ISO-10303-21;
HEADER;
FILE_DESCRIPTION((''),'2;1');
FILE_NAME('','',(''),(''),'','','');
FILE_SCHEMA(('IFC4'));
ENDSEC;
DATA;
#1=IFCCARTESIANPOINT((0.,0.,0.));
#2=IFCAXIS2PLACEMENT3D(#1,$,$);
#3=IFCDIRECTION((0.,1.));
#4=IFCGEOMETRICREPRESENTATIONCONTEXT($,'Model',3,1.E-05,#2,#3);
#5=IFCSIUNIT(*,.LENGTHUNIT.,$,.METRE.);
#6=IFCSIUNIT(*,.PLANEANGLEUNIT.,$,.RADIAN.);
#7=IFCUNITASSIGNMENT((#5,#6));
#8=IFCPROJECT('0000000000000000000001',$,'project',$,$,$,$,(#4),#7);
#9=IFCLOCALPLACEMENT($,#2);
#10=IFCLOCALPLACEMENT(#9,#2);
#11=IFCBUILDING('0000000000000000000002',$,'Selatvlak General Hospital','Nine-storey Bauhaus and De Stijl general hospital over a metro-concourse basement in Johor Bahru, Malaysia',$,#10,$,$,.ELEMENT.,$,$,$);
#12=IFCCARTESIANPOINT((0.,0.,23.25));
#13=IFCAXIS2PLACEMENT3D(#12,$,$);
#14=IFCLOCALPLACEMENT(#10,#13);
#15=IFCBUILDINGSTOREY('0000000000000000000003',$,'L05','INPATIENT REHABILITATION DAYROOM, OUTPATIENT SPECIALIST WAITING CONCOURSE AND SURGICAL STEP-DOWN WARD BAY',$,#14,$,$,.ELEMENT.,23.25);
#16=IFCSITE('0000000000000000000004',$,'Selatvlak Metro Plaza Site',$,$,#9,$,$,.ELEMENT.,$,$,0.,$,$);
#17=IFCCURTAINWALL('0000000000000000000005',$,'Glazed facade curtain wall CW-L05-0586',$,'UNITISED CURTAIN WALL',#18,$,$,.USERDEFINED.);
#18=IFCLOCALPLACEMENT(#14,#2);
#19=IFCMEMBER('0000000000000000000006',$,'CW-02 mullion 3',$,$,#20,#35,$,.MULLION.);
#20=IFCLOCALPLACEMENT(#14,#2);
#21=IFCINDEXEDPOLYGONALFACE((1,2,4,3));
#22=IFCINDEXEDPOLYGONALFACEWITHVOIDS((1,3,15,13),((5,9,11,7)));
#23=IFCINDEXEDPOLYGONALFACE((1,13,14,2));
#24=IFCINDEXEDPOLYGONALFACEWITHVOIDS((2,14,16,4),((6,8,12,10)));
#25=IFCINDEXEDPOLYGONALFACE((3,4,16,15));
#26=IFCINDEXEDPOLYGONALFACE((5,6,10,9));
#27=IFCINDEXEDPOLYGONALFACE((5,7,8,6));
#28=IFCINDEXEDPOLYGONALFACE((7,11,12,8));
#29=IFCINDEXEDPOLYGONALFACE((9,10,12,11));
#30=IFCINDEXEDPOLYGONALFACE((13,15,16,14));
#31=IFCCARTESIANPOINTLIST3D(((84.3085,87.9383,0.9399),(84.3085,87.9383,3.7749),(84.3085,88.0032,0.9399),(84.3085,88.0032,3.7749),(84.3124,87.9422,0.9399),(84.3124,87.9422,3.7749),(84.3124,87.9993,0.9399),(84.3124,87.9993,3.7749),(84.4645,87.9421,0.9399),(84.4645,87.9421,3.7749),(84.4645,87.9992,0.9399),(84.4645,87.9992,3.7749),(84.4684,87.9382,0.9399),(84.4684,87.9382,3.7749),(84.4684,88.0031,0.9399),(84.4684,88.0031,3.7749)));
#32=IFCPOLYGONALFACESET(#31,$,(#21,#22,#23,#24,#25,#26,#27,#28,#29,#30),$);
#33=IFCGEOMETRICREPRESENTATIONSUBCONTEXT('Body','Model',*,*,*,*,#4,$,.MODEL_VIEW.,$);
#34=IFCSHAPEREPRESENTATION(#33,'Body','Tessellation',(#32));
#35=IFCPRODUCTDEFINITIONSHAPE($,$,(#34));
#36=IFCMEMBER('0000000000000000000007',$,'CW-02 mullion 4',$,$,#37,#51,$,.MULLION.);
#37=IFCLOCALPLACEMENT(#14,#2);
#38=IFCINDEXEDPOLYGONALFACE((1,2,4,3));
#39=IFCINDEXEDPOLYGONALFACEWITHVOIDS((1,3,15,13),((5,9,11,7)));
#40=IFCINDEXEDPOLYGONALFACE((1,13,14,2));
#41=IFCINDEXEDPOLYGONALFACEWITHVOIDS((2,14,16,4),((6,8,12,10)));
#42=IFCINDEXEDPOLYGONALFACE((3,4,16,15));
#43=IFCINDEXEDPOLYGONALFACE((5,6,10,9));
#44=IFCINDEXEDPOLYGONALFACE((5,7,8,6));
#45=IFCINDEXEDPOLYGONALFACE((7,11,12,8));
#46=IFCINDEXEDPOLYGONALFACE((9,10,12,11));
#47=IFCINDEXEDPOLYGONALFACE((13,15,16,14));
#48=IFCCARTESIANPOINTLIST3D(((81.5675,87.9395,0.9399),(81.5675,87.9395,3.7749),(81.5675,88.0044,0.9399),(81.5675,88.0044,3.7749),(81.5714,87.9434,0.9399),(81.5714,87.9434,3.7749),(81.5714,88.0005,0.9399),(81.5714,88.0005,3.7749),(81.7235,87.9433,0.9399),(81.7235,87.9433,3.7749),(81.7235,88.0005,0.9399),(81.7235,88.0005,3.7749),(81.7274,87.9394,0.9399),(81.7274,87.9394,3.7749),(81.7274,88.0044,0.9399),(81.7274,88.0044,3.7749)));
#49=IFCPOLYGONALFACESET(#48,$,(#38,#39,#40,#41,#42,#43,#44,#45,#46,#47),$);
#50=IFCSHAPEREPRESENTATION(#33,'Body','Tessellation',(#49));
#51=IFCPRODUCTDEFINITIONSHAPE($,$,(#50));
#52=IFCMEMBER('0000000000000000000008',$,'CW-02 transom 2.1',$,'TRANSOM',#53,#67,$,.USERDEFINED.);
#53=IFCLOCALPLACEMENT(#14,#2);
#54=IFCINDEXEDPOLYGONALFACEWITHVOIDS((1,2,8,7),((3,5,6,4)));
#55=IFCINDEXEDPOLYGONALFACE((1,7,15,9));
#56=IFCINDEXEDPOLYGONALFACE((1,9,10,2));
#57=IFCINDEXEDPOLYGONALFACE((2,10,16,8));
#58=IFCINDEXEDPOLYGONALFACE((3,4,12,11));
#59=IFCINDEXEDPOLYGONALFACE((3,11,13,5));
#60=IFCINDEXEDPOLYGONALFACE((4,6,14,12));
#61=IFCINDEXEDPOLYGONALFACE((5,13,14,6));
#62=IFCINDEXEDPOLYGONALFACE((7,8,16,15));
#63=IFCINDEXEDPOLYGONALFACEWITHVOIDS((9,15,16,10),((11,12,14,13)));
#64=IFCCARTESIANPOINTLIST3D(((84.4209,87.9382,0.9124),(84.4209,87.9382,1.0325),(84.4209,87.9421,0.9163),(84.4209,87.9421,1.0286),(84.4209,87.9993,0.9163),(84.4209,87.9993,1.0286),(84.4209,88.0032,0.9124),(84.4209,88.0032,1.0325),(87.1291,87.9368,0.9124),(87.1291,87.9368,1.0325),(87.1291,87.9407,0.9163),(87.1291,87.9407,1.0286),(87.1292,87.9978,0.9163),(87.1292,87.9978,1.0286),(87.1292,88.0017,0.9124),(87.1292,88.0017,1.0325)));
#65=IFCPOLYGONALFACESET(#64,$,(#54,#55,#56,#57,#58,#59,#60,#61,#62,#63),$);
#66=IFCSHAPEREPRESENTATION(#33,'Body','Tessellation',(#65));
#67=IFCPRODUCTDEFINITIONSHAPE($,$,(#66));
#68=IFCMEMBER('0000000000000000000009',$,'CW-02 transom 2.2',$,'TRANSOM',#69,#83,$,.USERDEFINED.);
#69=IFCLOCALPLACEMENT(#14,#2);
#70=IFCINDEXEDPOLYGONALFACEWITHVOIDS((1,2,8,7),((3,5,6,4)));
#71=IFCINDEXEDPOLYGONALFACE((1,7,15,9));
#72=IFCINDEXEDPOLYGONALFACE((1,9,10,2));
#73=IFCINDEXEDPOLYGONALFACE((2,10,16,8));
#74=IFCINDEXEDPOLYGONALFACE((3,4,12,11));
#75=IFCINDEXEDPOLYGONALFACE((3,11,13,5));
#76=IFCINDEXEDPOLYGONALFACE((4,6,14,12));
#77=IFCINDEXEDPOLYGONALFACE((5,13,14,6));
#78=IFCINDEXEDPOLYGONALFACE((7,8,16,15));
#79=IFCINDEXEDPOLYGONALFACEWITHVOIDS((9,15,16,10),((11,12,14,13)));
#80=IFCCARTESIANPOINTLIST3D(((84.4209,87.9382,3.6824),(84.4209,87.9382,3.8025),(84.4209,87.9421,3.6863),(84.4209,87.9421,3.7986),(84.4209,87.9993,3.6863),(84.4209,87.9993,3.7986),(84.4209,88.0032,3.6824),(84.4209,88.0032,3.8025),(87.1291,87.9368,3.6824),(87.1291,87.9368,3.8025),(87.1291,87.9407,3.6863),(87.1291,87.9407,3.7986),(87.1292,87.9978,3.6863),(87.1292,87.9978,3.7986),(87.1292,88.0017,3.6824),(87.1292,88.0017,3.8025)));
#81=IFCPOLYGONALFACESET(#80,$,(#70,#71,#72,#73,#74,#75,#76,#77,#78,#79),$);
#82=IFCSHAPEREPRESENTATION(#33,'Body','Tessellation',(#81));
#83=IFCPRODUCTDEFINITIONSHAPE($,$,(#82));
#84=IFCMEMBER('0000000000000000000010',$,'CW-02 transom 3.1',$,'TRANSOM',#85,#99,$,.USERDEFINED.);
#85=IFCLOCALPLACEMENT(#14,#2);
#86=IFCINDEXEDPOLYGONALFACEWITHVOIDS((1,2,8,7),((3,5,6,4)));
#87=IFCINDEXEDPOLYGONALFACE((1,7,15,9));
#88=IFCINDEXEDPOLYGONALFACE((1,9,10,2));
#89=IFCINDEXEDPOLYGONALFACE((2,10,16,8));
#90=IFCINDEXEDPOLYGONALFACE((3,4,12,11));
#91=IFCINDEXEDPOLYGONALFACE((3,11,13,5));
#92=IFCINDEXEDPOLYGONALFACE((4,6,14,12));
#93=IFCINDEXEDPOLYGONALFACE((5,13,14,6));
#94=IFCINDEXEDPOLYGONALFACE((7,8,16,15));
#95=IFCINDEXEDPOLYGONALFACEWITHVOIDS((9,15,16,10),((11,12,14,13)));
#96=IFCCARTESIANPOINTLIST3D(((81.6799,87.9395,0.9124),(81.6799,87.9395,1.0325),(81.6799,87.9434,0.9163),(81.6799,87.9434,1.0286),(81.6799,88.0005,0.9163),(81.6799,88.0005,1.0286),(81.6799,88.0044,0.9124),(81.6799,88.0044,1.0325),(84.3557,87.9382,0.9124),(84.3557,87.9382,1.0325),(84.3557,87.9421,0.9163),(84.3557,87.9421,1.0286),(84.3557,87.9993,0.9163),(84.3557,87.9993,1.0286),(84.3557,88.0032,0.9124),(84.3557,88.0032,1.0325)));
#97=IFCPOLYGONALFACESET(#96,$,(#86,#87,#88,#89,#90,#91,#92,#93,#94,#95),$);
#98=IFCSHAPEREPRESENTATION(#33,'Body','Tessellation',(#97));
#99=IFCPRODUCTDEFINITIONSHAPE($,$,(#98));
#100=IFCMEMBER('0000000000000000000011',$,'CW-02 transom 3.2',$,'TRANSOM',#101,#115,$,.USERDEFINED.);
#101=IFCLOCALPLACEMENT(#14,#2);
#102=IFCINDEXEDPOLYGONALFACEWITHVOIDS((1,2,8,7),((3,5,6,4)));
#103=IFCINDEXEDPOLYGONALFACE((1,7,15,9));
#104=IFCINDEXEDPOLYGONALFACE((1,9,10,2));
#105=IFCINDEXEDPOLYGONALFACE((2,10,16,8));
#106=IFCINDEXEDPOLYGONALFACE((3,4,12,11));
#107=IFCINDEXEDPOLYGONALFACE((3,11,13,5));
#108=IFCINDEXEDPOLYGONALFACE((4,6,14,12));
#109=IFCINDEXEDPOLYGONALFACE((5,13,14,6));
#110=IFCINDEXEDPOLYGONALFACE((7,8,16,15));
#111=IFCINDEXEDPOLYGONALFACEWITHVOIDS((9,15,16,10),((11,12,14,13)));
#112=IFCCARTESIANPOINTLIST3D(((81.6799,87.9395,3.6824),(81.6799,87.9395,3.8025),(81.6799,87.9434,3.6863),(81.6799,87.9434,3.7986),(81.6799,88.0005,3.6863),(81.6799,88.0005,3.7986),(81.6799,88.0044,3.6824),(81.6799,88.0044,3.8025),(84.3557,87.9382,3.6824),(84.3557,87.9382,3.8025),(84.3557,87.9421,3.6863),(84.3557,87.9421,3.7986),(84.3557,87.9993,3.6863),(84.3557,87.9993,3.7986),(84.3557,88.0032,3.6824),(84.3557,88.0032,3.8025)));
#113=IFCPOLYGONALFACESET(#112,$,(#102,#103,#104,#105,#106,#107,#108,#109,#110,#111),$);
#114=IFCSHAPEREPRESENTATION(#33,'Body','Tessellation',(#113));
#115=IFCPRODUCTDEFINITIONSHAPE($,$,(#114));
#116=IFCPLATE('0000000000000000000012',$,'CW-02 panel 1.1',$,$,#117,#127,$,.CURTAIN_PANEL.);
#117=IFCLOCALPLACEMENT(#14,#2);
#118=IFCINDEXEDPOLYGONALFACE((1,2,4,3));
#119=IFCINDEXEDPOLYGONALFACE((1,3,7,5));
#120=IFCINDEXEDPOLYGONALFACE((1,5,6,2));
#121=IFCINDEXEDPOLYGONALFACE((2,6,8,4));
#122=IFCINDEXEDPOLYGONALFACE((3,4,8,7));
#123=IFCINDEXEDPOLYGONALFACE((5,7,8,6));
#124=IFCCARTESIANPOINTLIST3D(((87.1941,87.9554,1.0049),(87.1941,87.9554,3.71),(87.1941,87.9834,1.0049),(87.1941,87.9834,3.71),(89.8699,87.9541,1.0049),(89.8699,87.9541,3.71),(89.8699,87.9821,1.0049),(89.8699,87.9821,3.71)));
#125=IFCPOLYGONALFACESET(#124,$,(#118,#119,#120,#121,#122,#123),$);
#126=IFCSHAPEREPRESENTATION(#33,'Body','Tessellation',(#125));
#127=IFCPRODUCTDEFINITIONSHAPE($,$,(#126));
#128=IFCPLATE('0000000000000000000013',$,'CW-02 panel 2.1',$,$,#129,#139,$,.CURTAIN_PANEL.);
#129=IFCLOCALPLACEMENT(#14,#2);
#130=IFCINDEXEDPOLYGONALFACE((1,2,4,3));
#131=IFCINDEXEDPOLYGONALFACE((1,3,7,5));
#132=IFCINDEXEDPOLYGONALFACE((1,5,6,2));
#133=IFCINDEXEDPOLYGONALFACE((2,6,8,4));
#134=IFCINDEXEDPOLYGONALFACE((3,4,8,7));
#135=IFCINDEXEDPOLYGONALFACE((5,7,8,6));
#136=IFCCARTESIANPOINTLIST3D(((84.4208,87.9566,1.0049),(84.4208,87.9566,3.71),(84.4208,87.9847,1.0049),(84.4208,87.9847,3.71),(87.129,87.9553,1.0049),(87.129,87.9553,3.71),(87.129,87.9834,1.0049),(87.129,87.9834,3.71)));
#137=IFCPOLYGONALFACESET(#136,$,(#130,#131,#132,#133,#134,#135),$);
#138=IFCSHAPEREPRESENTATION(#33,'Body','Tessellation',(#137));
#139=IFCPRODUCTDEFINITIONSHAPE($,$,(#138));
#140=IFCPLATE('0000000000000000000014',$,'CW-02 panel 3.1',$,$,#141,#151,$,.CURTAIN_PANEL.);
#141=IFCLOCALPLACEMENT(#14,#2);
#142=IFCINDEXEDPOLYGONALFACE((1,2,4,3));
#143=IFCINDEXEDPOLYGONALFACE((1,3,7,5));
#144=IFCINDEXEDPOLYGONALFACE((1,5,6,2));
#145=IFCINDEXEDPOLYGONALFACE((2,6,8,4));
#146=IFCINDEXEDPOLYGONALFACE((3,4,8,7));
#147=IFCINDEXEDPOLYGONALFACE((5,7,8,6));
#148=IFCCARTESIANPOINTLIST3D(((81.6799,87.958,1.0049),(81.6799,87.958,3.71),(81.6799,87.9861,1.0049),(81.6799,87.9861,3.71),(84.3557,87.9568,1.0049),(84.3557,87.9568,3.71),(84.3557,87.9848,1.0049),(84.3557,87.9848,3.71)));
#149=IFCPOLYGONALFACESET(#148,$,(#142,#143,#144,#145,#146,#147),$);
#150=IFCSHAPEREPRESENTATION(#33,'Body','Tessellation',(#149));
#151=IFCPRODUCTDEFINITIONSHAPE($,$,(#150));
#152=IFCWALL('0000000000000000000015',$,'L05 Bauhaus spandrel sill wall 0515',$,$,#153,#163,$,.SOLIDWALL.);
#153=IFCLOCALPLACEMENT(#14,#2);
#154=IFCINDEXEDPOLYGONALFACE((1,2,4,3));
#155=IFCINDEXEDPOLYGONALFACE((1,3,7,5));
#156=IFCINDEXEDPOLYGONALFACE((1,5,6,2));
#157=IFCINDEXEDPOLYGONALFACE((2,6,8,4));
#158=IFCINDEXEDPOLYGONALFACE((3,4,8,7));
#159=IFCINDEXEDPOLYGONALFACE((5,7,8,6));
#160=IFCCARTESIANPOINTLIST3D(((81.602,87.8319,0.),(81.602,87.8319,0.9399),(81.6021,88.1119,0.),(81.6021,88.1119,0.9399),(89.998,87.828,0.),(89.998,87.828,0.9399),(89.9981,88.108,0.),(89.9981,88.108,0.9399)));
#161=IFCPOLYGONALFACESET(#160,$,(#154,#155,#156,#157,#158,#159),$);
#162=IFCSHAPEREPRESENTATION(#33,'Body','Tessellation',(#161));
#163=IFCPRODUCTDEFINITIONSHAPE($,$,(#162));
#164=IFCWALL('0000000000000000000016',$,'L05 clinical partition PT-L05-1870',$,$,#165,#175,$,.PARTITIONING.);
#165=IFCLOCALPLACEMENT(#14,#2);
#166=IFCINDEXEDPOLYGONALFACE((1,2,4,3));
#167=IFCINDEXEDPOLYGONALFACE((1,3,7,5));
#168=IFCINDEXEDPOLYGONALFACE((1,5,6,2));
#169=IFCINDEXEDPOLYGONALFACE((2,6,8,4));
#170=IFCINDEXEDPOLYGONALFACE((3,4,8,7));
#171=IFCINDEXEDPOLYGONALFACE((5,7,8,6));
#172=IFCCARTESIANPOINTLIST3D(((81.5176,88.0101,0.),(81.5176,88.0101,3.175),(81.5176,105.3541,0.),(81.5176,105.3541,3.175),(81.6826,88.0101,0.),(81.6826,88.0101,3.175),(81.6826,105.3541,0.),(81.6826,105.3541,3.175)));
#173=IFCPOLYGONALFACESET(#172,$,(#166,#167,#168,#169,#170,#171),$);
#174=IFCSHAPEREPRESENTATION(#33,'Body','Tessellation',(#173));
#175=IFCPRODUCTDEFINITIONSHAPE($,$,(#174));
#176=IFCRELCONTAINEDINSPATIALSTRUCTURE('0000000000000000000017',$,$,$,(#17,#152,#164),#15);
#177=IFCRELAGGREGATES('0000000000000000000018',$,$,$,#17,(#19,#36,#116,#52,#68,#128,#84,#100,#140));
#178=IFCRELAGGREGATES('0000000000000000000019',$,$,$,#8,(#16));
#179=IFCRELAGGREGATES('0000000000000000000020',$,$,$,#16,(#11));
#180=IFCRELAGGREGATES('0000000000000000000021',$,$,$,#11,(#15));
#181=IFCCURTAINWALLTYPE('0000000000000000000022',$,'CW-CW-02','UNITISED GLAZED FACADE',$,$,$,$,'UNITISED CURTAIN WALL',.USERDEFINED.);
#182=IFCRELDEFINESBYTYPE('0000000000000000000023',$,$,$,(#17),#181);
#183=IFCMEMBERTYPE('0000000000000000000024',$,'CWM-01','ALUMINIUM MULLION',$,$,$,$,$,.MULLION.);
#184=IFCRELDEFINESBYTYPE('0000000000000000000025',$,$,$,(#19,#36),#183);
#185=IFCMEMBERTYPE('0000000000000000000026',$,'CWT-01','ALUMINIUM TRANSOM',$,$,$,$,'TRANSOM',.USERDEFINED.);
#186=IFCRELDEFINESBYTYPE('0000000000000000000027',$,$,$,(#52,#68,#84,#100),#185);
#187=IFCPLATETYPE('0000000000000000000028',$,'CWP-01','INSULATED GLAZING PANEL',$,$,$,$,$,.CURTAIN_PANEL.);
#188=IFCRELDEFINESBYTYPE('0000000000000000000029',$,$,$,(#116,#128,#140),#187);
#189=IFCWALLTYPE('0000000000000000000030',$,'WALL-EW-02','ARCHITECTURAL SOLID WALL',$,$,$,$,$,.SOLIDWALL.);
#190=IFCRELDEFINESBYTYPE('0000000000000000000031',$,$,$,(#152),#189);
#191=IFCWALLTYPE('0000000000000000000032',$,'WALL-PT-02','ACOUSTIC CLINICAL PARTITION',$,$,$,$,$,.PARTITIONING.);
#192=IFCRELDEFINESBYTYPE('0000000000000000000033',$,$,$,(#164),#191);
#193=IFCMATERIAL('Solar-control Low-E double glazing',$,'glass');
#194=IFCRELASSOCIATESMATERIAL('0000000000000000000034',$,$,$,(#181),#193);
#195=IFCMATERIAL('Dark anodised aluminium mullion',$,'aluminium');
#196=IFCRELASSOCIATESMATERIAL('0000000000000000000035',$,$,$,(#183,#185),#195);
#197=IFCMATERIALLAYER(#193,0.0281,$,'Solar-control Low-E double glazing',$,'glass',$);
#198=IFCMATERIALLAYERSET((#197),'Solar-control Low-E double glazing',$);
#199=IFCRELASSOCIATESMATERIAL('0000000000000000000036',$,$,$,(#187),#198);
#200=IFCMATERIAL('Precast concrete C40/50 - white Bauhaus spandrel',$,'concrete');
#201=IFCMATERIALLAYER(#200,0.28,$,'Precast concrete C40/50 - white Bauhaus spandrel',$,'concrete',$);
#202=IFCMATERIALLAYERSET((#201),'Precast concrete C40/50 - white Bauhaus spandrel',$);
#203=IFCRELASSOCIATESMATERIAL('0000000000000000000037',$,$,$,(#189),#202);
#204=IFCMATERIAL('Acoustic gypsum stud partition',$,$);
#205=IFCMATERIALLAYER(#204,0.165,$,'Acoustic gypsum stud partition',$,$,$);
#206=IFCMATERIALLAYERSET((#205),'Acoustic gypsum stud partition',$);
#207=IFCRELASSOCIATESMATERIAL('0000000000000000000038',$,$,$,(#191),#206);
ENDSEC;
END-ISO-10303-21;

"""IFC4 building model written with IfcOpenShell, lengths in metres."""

from ifc_helpers import new_model, si_unit, direction, frame, frame_2d, origin, origin_2d, place, context, subcontext, project, spatial, rectangle, hollow_rectangle, extrude, material, layer, layer_set, material_profile, profile_set, type_object, element, aggregate, save


model = new_model("IFC4")

# Units and contexts
model_context = context("Model", 3, precision=1e-05, world=origin(), true_north=direction((0.0, 1.0)))
body_context = subcontext(model_context, "Body", "Model", "MODEL_VIEW")
ifc_project = project(units=[si_unit("LENGTHUNIT", "METRE"), si_unit("PLANEANGLEUNIT", "RADIAN")], contexts=[model_context])

# Site, building, storey
site_placement = place(None, origin())
site = spatial("IfcSite", under=ifc_project, at=site_placement, Name="Selatvlak Metro Plaza Site", CompositionType="ELEMENT", RefElevation=0.0)
building_placement = place(site_placement, origin())
building = spatial("IfcBuilding", under=site, at=building_placement, Name="Selatvlak General Hospital", Description="Nine-storey Bauhaus and De Stijl general hospital over a metro-concourse basement in Johor Bahru, Malaysia", CompositionType="ELEMENT")
storey_placement = place(building_placement, frame((0.0, 0.0, 23.25)))
storey = spatial("IfcBuildingStorey", under=building, at=storey_placement, Name="L05", Description="INPATIENT REHABILITATION DAYROOM, OUTPATIENT SPECIALIST WAITING CONCOURSE AND SURGICAL STEP-DOWN WARD BAY", CompositionType="ELEMENT", Elevation=23.25)

# Curtain wall, members, plates
ifc_material_1 = material(Name="Solar-control Low-E double glazing", Category="glass")
curtain_wall_type = type_object("IfcCurtainWallType", Name="CW-CW-02", Description="UNITISED GLAZED FACADE", ElementType="UNITISED CURTAIN WALL", PredefinedType="USERDEFINED", material=ifc_material_1)
curtain_wall_placement = place(storey_placement, origin())
curtain_wall = element("IfcCurtainWall", 1, at=curtain_wall_placement, inside=storey, type_object=curtain_wall_type, Name="Glazed facade curtain wall CW-L05-0586", ObjectType="UNITISED CURTAIN WALL", PredefinedType="USERDEFINED")
ifc_material_2 = material(Name="Dark anodised aluminium mullion", Category="aluminium")
ifc_material_profile_1 = material_profile(ifc_material_2, hollow_rectangle(XDim=0.0649, YDim=0.1599, WallThickness=0.0039, at=origin_2d()), Name="AL-MUL 65x160x4")
ifc_profile_set_1 = profile_set([ifc_material_profile_1], Name="Dark anodised aluminium mullion")
member_type_1 = type_object("IfcMemberType", Name="CWM-01", Description="ALUMINIUM MULLION", PredefinedType="MULLION", material=ifc_profile_set_1)
member_1_placement = place(storey_placement, frame((84.3884, 87.9707, 0.9399), z_axis=(0.0, 0.0, 1.0), x_axis=(-0.000481, -1.0, 0.0)))
member_1 = element("IfcMember", 2, at=member_1_placement, type_object=member_type_1, Name="CW-02 mullion 3", PredefinedType="MULLION", context=body_context, shape_type="SweptSolid", body=[
    extrude(hollow_rectangle(XDim=0.0649, YDim=0.1599, WallThickness=0.0039, at=origin_2d()), origin(), (0.0, 0.0, 1.0), 2.835),
])
member_2_placement = place(storey_placement, frame((81.6475, 87.9719, 0.9399), z_axis=(0.0, 0.0, 1.0), x_axis=(-0.000481, -1.0, 0.0)))
member_2 = element("IfcMember", 3, at=member_2_placement, type_object=member_type_1, Name="CW-02 mullion 4", PredefinedType="MULLION", context=body_context, shape_type="SweptSolid", body=[
    extrude(hollow_rectangle(XDim=0.0649, YDim=0.1599, WallThickness=0.0039, at=origin_2d()), origin(), (0.0, 0.0, 1.0), 2.835),
])
ifc_material_profile_2 = material_profile(ifc_material_2, hollow_rectangle(XDim=0.0649, YDim=0.1201, WallThickness=0.0039, at=origin_2d()), Name="AL-TRN 65x120x4")
ifc_profile_set_2 = profile_set([ifc_material_profile_2], Name="Dark anodised aluminium mullion")
member_type_2 = type_object("IfcMemberType", Name="CWT-01", Description="ALUMINIUM TRANSOM", ElementType="TRANSOM", PredefinedType="USERDEFINED", material=ifc_profile_set_2)
member_3_placement = place(storey_placement, frame((87.1292, 87.9692, 0.9724), z_axis=(-1.0, 0.000541, 0.0), x_axis=(-0.000541, -1.0, 0.0)))
member_3 = element("IfcMember", 4, at=member_3_placement, type_object=member_type_2, Name="CW-02 transom 2.1", ObjectType="TRANSOM", PredefinedType="USERDEFINED", context=body_context, shape_type="SweptSolid", body=[
    extrude(hollow_rectangle(XDim=0.0649, YDim=0.1201, WallThickness=0.0039, at=origin_2d()), origin(), (0.0, 0.0, 1.0), 2.7083),
])
member_4_placement = place(storey_placement, frame((87.1292, 87.9692, 3.7424), z_axis=(-1.0, 0.000541, 0.0), x_axis=(-0.000541, -1.0, 0.0)))
member_4 = element("IfcMember", 5, at=member_4_placement, type_object=member_type_2, Name="CW-02 transom 2.2", ObjectType="TRANSOM", PredefinedType="USERDEFINED", context=body_context, shape_type="SweptSolid", body=[
    extrude(hollow_rectangle(XDim=0.0649, YDim=0.1201, WallThickness=0.0039, at=origin_2d()), origin(), (0.0, 0.0, 1.0), 2.7083),
])
member_5_placement = place(storey_placement, frame((84.3557, 87.9707, 0.9724), z_axis=(-1.0, 0.000456, 0.0), x_axis=(-0.000456, -1.0, 0.0)))
member_5 = element("IfcMember", 6, at=member_5_placement, type_object=member_type_2, Name="CW-02 transom 3.1", ObjectType="TRANSOM", PredefinedType="USERDEFINED", context=body_context, shape_type="SweptSolid", body=[
    extrude(hollow_rectangle(XDim=0.0649, YDim=0.1201, WallThickness=0.0039, at=origin_2d()), origin(), (0.0, 0.0, 1.0), 2.6758),
])
member_6_placement = place(storey_placement, frame((84.3557, 87.9707, 3.7424), z_axis=(-1.0, 0.000456, 0.0), x_axis=(-0.000456, -1.0, 0.0)))
member_6 = element("IfcMember", 7, at=member_6_placement, type_object=member_type_2, Name="CW-02 transom 3.2", ObjectType="TRANSOM", PredefinedType="USERDEFINED", context=body_context, shape_type="SweptSolid", body=[
    extrude(hollow_rectangle(XDim=0.0649, YDim=0.1201, WallThickness=0.0039, at=origin_2d()), origin(), (0.0, 0.0, 1.0), 2.6758),
])
ifc_layer_1 = layer(ifc_material_1, 0.0281, Name="Solar-control Low-E double glazing", Category="glass")
ifc_layer_set_1 = layer_set([ifc_layer_1], Name="Solar-control Low-E double glazing")
plate_type = type_object("IfcPlateType", Name="CWP-01", Description="INSULATED GLAZING PANEL", PredefinedType="CURTAIN_PANEL", material=ifc_layer_set_1)
plate_1_placement = place(storey_placement, frame((88.532, 87.9688, 1.0049), z_axis=(0.0, 0.0, 1.0), x_axis=(-1.0, 0.000481, 0.0)))
plate_1 = element("IfcPlate", 8, at=plate_1_placement, type_object=plate_type, Name="CW-02 panel 1.1", PredefinedType="CURTAIN_PANEL", context=body_context, shape_type="SweptSolid", body=[
    extrude(rectangle(XDim=2.6758, YDim=0.0281, at=origin_2d()), origin(), (0.0, 0.0, 1.0), 2.7051),
])
plate_2_placement = place(storey_placement, frame((85.7749, 87.97, 1.0049), z_axis=(0.0, 0.0, 1.0), x_axis=(-1.0, 0.000481, 0.0)))
plate_2 = element("IfcPlate", 9, at=plate_2_placement, type_object=plate_type, Name="CW-02 panel 2.1", PredefinedType="CURTAIN_PANEL", context=body_context, shape_type="SweptSolid", body=[
    extrude(rectangle(XDim=2.7083, YDim=0.0281, at=origin_2d()), origin(), (0.0, 0.0, 1.0), 2.7051),
])
plate_3_placement = place(storey_placement, frame((83.0178, 87.9714, 1.0049), z_axis=(0.0, 0.0, 1.0), x_axis=(-1.0, 0.000481, 0.0)))
plate_3 = element("IfcPlate", 10, at=plate_3_placement, type_object=plate_type, Name="CW-02 panel 3.1", PredefinedType="CURTAIN_PANEL", context=body_context, shape_type="SweptSolid", body=[
    extrude(rectangle(XDim=2.6758, YDim=0.0281, at=origin_2d()), origin(), (0.0, 0.0, 1.0), 2.7051),
])
aggregate(curtain_wall, [member_1, member_2, plate_1, member_3, member_4, plate_2, member_5, member_6, plate_3])

# Walls
ifc_material_3 = material(Name="Precast concrete C40/50 - white Bauhaus spandrel", Category="concrete")
ifc_layer_2 = layer(ifc_material_3, 0.28, Name="Precast concrete C40/50 - white Bauhaus spandrel", Category="concrete")
ifc_layer_set_2 = layer_set([ifc_layer_2], Name="Precast concrete C40/50 - white Bauhaus spandrel")
wall_type_1 = type_object("IfcWallType", Name="WALL-EW-02", Description="ARCHITECTURAL SOLID WALL", PredefinedType="SOLIDWALL", material=ifc_layer_set_2)
wall_1_placement = place(storey_placement, frame((89.998, 87.968, 0.0), z_axis=(0.0, 0.0, 1.0), x_axis=(-1.0, 0.000465, 0.0)))
element("IfcWall", 11, at=wall_1_placement, inside=storey, type_object=wall_type_1, Name="L05 Bauhaus spandrel sill wall 0515", PredefinedType="SOLIDWALL", context=body_context, shape_type="SweptSolid", body=[
    extrude(rectangle(XDim=8.396, YDim=0.28, at=frame_2d((4.198, 0.0))), origin(), (0.0, 0.0, 1.0), 0.9399),
])
ifc_material_4 = material(Name="Acoustic gypsum stud partition")
ifc_layer_3 = layer(ifc_material_4, 0.165, Name="Acoustic gypsum stud partition")
ifc_layer_set_3 = layer_set([ifc_layer_3], Name="Acoustic gypsum stud partition")
wall_type_2 = type_object("IfcWallType", Name="WALL-PT-02", Description="ACOUSTIC CLINICAL PARTITION", PredefinedType="PARTITIONING", material=ifc_layer_set_3)
wall_2_placement = place(storey_placement, frame((81.6001, 105.354, 0.0), z_axis=(0.0, 0.0, 1.0), x_axis=(0.0, -1.0, 0.0)))
element("IfcWall", 12, at=wall_2_placement, inside=storey, type_object=wall_type_2, Name="L05 clinical partition PT-L05-1870", PredefinedType="PARTITIONING", context=body_context, shape_type="SweptSolid", body=[
    extrude(rectangle(XDim=17.344, YDim=0.165, at=frame_2d((8.6719, 0.0))), origin(), (0.0, 0.0, 1.0), 3.175),
])

save(model, "model.ifc")
